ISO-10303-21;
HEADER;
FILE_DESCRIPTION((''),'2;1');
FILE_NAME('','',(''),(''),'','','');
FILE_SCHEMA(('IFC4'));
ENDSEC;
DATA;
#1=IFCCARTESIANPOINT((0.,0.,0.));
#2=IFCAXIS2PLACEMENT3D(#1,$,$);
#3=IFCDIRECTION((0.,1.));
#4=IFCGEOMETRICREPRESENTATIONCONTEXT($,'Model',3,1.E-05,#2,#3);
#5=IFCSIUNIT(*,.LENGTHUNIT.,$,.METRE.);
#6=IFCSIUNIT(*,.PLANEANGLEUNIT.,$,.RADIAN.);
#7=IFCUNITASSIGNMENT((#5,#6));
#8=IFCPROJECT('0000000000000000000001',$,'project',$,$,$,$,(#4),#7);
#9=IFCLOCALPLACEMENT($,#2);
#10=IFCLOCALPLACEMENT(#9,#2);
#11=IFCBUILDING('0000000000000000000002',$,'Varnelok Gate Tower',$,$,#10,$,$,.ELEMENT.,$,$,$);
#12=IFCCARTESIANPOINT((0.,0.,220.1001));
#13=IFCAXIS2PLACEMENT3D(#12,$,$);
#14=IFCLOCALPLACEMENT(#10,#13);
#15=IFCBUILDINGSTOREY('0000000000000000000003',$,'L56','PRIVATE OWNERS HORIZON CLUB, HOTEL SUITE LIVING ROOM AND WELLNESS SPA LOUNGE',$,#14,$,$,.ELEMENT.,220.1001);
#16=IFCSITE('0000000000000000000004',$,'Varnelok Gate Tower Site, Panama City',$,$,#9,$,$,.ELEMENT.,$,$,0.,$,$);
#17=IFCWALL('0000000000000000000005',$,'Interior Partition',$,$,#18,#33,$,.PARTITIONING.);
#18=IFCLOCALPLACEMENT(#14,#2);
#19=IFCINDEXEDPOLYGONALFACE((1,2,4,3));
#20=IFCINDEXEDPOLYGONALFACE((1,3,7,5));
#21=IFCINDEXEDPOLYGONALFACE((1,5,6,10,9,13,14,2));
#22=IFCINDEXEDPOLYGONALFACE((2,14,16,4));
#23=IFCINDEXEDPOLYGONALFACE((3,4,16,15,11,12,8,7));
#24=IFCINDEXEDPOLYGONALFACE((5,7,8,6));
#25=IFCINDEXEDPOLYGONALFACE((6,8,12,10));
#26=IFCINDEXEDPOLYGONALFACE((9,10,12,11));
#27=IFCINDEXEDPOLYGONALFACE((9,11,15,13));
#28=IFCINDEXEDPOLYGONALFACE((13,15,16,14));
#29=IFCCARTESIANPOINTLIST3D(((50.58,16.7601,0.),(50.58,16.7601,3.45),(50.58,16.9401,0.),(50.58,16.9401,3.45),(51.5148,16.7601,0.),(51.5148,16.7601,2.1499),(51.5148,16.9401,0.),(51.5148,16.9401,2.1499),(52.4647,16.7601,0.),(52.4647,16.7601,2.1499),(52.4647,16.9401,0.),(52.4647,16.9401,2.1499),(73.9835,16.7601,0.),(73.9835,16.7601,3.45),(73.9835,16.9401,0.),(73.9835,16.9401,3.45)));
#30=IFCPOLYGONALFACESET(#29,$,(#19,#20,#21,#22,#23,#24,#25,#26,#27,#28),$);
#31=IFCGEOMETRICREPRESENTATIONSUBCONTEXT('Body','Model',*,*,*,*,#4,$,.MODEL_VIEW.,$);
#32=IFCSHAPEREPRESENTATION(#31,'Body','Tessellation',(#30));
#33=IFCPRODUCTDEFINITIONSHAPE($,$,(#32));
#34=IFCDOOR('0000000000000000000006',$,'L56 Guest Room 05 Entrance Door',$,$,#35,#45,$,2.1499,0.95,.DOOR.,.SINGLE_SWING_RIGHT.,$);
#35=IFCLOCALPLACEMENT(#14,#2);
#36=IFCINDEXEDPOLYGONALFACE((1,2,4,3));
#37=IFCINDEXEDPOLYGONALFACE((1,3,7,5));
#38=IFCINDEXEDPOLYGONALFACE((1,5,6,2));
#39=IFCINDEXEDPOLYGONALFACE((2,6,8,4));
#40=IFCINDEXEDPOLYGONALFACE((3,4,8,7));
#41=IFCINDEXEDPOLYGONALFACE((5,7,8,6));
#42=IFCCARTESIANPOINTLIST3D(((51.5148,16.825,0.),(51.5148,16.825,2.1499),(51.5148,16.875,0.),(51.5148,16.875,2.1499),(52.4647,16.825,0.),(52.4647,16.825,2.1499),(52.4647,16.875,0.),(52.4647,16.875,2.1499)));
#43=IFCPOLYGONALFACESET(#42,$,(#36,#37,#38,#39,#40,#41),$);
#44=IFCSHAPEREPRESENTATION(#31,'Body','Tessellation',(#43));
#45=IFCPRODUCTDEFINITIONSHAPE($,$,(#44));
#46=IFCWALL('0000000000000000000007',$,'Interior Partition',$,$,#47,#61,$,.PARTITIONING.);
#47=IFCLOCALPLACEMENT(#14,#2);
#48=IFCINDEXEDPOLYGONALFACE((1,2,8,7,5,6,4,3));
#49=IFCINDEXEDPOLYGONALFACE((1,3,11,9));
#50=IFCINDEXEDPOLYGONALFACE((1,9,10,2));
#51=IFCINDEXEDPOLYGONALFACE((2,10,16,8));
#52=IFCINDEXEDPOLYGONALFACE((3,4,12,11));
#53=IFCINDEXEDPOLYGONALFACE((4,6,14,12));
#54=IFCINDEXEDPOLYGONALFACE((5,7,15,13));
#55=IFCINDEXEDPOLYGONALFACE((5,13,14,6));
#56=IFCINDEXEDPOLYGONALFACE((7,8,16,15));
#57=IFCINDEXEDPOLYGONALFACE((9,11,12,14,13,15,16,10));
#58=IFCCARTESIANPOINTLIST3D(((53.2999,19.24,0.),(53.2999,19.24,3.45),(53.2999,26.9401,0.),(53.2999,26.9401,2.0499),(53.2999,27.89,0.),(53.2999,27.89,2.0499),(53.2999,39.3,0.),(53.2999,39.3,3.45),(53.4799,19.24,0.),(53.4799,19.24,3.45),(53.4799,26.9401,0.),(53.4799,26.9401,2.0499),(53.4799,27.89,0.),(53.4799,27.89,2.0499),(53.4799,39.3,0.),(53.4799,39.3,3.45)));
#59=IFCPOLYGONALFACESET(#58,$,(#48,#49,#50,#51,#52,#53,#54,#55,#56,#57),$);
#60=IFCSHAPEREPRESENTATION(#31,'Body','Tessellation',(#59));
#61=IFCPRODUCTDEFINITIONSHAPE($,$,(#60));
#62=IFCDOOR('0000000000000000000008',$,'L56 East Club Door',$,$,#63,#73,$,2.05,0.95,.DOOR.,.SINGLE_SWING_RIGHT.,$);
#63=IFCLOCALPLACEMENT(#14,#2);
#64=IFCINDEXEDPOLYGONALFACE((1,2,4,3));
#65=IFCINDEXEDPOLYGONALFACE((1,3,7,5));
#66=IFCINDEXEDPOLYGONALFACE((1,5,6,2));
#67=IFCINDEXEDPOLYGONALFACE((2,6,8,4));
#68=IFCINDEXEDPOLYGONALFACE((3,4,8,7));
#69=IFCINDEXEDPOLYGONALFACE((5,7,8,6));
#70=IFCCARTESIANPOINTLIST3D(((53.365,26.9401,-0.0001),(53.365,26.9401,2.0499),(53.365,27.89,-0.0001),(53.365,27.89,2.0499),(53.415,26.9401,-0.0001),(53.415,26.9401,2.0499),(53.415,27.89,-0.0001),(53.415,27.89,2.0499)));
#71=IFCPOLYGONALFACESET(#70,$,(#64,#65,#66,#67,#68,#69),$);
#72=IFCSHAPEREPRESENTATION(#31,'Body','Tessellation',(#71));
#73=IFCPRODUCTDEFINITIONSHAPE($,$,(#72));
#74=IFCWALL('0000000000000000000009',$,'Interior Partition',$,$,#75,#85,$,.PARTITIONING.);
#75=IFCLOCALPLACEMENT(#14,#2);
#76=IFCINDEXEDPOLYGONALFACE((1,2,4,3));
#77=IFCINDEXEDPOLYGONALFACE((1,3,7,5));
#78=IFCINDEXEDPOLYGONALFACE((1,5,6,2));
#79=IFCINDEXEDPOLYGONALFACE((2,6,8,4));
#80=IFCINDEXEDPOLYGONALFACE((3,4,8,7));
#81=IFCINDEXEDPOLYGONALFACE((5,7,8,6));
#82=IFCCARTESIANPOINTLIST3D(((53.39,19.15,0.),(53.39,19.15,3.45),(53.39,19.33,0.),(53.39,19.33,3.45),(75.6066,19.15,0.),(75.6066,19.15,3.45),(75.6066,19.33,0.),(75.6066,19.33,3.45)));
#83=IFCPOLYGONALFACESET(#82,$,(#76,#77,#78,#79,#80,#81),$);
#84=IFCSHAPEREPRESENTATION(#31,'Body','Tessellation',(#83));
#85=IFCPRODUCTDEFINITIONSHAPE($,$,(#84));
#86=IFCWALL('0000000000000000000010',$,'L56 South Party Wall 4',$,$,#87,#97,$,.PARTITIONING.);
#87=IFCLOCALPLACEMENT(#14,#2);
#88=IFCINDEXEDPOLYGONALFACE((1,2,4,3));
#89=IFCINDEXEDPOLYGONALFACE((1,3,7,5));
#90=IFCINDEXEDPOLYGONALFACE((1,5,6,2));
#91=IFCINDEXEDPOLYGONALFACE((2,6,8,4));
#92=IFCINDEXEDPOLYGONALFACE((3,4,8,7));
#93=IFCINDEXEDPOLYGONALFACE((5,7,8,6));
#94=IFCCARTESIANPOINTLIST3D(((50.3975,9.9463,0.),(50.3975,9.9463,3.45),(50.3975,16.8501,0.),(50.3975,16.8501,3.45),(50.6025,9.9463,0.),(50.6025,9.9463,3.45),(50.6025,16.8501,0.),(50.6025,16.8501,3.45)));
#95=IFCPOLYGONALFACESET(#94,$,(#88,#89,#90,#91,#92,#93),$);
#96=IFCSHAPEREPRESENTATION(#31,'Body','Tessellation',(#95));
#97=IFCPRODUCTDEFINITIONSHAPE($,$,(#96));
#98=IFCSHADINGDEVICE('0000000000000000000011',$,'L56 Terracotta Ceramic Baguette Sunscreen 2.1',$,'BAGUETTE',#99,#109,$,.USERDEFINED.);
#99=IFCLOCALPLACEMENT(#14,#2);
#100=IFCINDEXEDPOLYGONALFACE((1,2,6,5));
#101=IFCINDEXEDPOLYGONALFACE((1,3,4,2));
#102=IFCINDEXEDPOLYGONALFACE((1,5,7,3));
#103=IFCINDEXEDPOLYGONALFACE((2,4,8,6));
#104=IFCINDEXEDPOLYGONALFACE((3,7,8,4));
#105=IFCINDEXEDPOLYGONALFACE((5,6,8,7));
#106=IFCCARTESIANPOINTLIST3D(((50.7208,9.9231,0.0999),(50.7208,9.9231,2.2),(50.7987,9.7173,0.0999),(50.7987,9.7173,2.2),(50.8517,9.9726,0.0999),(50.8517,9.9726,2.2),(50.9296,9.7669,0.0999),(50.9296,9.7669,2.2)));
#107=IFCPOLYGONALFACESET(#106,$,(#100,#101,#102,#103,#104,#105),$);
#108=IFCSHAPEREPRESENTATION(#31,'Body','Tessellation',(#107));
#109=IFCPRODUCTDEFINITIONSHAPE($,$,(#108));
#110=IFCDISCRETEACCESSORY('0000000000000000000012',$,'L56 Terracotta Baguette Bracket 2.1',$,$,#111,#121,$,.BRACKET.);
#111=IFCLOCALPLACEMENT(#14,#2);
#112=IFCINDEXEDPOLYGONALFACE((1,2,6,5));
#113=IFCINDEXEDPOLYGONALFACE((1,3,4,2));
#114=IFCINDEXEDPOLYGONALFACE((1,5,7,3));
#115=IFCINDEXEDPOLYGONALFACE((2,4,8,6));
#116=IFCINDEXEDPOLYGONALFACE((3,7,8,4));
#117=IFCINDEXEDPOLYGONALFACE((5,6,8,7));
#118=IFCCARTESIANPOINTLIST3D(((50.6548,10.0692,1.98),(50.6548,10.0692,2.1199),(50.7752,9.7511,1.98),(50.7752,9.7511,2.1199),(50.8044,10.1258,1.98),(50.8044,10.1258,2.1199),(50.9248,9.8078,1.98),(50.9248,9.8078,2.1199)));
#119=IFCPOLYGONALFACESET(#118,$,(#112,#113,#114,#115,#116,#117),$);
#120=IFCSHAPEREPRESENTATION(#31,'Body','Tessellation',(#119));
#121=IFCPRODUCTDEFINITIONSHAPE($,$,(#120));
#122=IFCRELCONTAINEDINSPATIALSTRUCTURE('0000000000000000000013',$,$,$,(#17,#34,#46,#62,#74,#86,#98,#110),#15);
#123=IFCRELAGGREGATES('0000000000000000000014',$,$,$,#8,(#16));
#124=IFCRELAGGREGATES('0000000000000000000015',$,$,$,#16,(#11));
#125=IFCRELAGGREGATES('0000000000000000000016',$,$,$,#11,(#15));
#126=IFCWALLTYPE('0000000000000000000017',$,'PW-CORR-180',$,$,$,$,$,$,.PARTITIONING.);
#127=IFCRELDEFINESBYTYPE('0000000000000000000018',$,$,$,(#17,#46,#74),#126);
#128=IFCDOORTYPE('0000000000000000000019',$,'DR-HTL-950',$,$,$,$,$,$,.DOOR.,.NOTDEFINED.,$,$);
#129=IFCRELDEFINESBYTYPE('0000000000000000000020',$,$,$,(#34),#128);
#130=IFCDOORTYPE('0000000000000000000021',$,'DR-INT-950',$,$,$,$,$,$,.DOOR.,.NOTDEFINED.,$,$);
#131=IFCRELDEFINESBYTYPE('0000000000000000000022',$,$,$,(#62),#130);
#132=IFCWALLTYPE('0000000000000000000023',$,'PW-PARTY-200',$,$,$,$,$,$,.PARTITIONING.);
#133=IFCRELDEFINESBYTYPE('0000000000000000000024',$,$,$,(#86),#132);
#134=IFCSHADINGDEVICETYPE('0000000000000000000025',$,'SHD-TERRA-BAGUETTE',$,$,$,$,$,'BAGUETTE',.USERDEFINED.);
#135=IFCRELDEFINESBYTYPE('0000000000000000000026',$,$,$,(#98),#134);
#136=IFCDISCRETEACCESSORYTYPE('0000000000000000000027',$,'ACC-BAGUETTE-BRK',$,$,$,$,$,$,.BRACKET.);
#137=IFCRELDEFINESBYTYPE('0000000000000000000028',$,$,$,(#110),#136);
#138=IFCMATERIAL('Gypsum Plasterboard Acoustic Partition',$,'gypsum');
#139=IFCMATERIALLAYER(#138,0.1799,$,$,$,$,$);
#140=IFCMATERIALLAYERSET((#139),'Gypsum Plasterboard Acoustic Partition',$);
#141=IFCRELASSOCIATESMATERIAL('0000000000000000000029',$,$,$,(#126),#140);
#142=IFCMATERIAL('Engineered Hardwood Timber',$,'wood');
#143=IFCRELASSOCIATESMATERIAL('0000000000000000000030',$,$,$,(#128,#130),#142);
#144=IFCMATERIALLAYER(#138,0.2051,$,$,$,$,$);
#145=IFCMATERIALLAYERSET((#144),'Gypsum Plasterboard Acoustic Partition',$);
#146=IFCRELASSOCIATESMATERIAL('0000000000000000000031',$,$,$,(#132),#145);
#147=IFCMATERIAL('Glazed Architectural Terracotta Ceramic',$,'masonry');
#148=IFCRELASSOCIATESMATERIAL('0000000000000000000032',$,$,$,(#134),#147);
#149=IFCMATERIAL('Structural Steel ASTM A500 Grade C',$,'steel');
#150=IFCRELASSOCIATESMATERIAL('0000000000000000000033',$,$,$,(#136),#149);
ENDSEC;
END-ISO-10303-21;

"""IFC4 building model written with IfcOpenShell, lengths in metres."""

from ifc_helpers import new_model, si_unit, direction, frame, frame_2d, origin, origin_2d, place, context, subcontext, project, spatial, rectangle, extrude, source, transform, mapped, material, layer, layer_set, type_object, element, fill, save


model = new_model("IFC4")

# Units and contexts
model_context = context("Model", 3, precision=1e-05, world=origin(), true_north=direction((0.0, 1.0)))
body_context = subcontext(model_context, "Body", "Model", "MODEL_VIEW")
ifc_project = project(units=[si_unit("LENGTHUNIT", "METRE"), si_unit("PLANEANGLEUNIT", "RADIAN")], contexts=[model_context])

# Site, building, storey
site_placement = place(None, origin())
site = spatial("IfcSite", under=ifc_project, at=site_placement, Name="Varnelok Gate Tower Site, Panama City", CompositionType="ELEMENT", RefElevation=0.0)
building_placement = place(site_placement, origin())
building = spatial("IfcBuilding", under=site, at=building_placement, Name="Varnelok Gate Tower", CompositionType="ELEMENT")
storey_placement = place(building_placement, frame((0.0, 0.0, 220.1001)))
storey = spatial("IfcBuildingStorey", under=building, at=storey_placement, Name="L56", Description="PRIVATE OWNERS HORIZON CLUB, HOTEL SUITE LIVING ROOM AND WELLNESS SPA LOUNGE", CompositionType="ELEMENT", Elevation=220.1001)

# Walls, openings, doors
ifc_material_1 = material(Name="Gypsum Plasterboard Acoustic Partition", Category="gypsum")
ifc_layer_1 = layer(ifc_material_1, 0.1799)
ifc_layer_set_1 = layer_set([ifc_layer_1], Name="Gypsum Plasterboard Acoustic Partition")
wall_type_1 = type_object("IfcWallType", Name="PW-CORR-180", PredefinedType="PARTITIONING", material=ifc_layer_set_1)
wall_1_placement = place(storey_placement, frame((50.5801, 16.8501, 0.0), z_axis=(0.0, 0.0, 1.0), x_axis=(1.0, 0.0, 0.0)))
wall_1 = element("IfcWall", 1, at=wall_1_placement, inside=storey, type_object=wall_type_1, Name="Interior Partition", PredefinedType="PARTITIONING", context=body_context, shape_type="SweptSolid", body=[
    extrude(rectangle(XDim=23.4036, YDim=0.1799, at=frame_2d((11.7017, 0.0))), origin(), (0.0, 0.0, 1.0), 3.45),
])
opening_1_placement = place(wall_1_placement, frame((0.9346, 0.0, 0.0)))
opening_1 = element("IfcOpeningElement", 2, at=opening_1_placement, cuts=wall_1, PredefinedType="OPENING", context=body_context, shape_type="SweptSolid", body=[
    extrude(rectangle(XDim=0.95, YDim=2.1499, at=frame_2d((0.4751, 1.075))), frame((0.0, 0.0999, 0.0), z_axis=(0.0, -1.0, 0.0), x_axis=(1.0, 0.0, 0.0)), (0.0, 0.0, 1.0), 0.2),
])
ifc_material_2 = material(Name="Engineered Hardwood Timber", Category="wood")
door_type_1 = type_object("IfcDoorType", Name="DR-HTL-950", OperationType="NOTDEFINED", PredefinedType="DOOR", material=ifc_material_2)
door_1_placement = place(opening_1_placement, origin())
door_1 = element("IfcDoor", 3, at=door_1_placement, inside=storey, type_object=door_type_1, Name="L56 Guest Room 05 Entrance Door", OperationType="SINGLE_SWING_RIGHT", OverallHeight=2.1499, OverallWidth=0.95, PredefinedType="DOOR", context=body_context, shape_type="SweptSolid", body=[
    extrude(rectangle(XDim=0.95, YDim=2.1499, at=frame_2d((0.4751, 1.075))), frame((0.0, 0.0249, 0.0), z_axis=(0.0, -1.0, 0.0), x_axis=(1.0, 0.0, 0.0)), (0.0, 0.0, 1.0), 0.05),
])
fill(opening_1, door_1)
wall_2_placement = place(storey_placement, frame((53.3899, 19.24, 0.0), z_axis=(0.0, 0.0, 1.0), x_axis=(0.0, 1.0, 0.0)))
wall_2 = element("IfcWall", 4, at=wall_2_placement, inside=storey, type_object=wall_type_1, Name="Interior Partition", PredefinedType="PARTITIONING", context=body_context, shape_type="SweptSolid", body=[
    extrude(rectangle(XDim=20.0601, YDim=0.1799, at=frame_2d((10.03, 0.0))), origin(), (0.0, 0.0, 1.0), 3.45),
])
opening_2_placement = place(wall_2_placement, frame((7.7, 0.0, 0.0)))
opening_2 = element("IfcOpeningElement", 5, at=opening_2_placement, cuts=wall_2, PredefinedType="OPENING", context=body_context, shape_type="SweptSolid", body=[
    extrude(rectangle(XDim=0.95, YDim=2.05, at=frame_2d((0.4751, 1.0249))), frame((0.0, 0.0999, 0.0), z_axis=(0.0, -1.0, 0.0), x_axis=(1.0, 0.0, 0.0)), (0.0, 0.0, 1.0), 0.2),
])
door_type_2 = type_object("IfcDoorType", Name="DR-INT-950", OperationType="NOTDEFINED", PredefinedType="DOOR", material=ifc_material_2)
door_2_placement = place(opening_2_placement, origin())
door_2 = element("IfcDoor", 6, at=door_2_placement, inside=storey, type_object=door_type_2, Name="L56 East Club Door", OperationType="SINGLE_SWING_RIGHT", OverallHeight=2.05, OverallWidth=0.95, PredefinedType="DOOR", context=body_context, shape_type="SweptSolid", body=[
    extrude(rectangle(XDim=0.95, YDim=2.05, at=frame_2d((0.4751, 1.0249))), frame((0.0, 0.0249, 0.0), z_axis=(0.0, -1.0, 0.0), x_axis=(1.0, 0.0, 0.0)), (0.0, 0.0, 1.0), 0.05),
])
fill(opening_2, door_2)

# Walls
wall_3_placement = place(storey_placement, frame((53.3899, 19.24, 0.0), z_axis=(0.0, 0.0, 1.0), x_axis=(1.0, 0.0, 0.0)))
element("IfcWall", 7, at=wall_3_placement, inside=storey, type_object=wall_type_1, Name="Interior Partition", PredefinedType="PARTITIONING", context=body_context, shape_type="SweptSolid", body=[
    extrude(rectangle(XDim=22.2166, YDim=0.1799, at=frame_2d((11.1084, 0.0))), origin(), (0.0, 0.0, 1.0), 3.45),
])
ifc_layer_2 = layer(ifc_material_1, 0.2051)
ifc_layer_set_2 = layer_set([ifc_layer_2], Name="Gypsum Plasterboard Acoustic Partition")
wall_type_2 = type_object("IfcWallType", Name="PW-PARTY-200", PredefinedType="PARTITIONING", material=ifc_layer_set_2)
wall_4_placement = place(storey_placement, frame((50.5, 9.9463, 0.0), z_axis=(0.0, 0.0, 1.0), x_axis=(0.0, 1.0, 0.0)))
element("IfcWall", 8, at=wall_4_placement, inside=storey, type_object=wall_type_2, Name="L56 South Party Wall 4", PredefinedType="PARTITIONING", context=body_context, shape_type="SweptSolid", body=[
    extrude(rectangle(XDim=6.9038, YDim=0.2051, at=frame_2d((3.4519, 0.0))), origin(), (0.0, 0.0, 1.0), 3.45),
])

# Shading device
ifc_material_3 = material(Name="Glazed Architectural Terracotta Ceramic", Category="masonry")
shading_device_type = type_object("IfcShadingDeviceType", Name="SHD-TERRA-BAGUETTE", ElementType="BAGUETTE", PredefinedType="USERDEFINED", material=ifc_material_3)
shared_shape_1 = source(origin(), body_context, "Body", "SweptSolid", [
    extrude(rectangle(XDim=0.1399, YDim=0.22, at=origin_2d()), origin(), (0.0, 0.0, 1.0), 2.1001),
])
shading_device_placement = place(storey_placement, frame((50.8252, 9.845, 0.0999), z_axis=(0.0, 0.0, 1.0), x_axis=(0.935222, 0.354063, 0.0)))
element("IfcShadingDevice", 9, at=shading_device_placement, inside=storey, type_object=shading_device_type, Name="L56 Terracotta Ceramic Baguette Sunscreen 2.1", ObjectType="BAGUETTE", PredefinedType="USERDEFINED", context=body_context, shape_type="MappedRepresentation", body=[
    mapped(shared_shape_1, transform((0.0, 0.0, 0.0), scale=1.0)),
])

# Discrete accessory
ifc_material_4 = material(Name="Structural Steel ASTM A500 Grade C", Category="steel")
discrete_accessory_type = type_object("IfcDiscreteAccessoryType", Name="ACC-BAGUETTE-BRK", PredefinedType="BRACKET", material=ifc_material_4)
shared_shape_2 = source(origin(), body_context, "Body", "SweptSolid", [
    extrude(rectangle(XDim=0.1599, YDim=0.3401, at=origin_2d()), origin(), (0.0, 0.0, 1.0), 0.1399),
])
discrete_accessory_placement = place(storey_placement, frame((50.7898, 9.9385, 1.98), z_axis=(0.0, 0.0, 1.0), x_axis=(0.935222, 0.354063, 0.0)))
element("IfcDiscreteAccessory", 10, at=discrete_accessory_placement, inside=storey, type_object=discrete_accessory_type, Name="L56 Terracotta Baguette Bracket 2.1", PredefinedType="BRACKET", context=body_context, shape_type="MappedRepresentation", body=[
    mapped(shared_shape_2, transform((0.0, 0.0, 0.0), scale=1.0)),
])

save(model, "model.ifc")
